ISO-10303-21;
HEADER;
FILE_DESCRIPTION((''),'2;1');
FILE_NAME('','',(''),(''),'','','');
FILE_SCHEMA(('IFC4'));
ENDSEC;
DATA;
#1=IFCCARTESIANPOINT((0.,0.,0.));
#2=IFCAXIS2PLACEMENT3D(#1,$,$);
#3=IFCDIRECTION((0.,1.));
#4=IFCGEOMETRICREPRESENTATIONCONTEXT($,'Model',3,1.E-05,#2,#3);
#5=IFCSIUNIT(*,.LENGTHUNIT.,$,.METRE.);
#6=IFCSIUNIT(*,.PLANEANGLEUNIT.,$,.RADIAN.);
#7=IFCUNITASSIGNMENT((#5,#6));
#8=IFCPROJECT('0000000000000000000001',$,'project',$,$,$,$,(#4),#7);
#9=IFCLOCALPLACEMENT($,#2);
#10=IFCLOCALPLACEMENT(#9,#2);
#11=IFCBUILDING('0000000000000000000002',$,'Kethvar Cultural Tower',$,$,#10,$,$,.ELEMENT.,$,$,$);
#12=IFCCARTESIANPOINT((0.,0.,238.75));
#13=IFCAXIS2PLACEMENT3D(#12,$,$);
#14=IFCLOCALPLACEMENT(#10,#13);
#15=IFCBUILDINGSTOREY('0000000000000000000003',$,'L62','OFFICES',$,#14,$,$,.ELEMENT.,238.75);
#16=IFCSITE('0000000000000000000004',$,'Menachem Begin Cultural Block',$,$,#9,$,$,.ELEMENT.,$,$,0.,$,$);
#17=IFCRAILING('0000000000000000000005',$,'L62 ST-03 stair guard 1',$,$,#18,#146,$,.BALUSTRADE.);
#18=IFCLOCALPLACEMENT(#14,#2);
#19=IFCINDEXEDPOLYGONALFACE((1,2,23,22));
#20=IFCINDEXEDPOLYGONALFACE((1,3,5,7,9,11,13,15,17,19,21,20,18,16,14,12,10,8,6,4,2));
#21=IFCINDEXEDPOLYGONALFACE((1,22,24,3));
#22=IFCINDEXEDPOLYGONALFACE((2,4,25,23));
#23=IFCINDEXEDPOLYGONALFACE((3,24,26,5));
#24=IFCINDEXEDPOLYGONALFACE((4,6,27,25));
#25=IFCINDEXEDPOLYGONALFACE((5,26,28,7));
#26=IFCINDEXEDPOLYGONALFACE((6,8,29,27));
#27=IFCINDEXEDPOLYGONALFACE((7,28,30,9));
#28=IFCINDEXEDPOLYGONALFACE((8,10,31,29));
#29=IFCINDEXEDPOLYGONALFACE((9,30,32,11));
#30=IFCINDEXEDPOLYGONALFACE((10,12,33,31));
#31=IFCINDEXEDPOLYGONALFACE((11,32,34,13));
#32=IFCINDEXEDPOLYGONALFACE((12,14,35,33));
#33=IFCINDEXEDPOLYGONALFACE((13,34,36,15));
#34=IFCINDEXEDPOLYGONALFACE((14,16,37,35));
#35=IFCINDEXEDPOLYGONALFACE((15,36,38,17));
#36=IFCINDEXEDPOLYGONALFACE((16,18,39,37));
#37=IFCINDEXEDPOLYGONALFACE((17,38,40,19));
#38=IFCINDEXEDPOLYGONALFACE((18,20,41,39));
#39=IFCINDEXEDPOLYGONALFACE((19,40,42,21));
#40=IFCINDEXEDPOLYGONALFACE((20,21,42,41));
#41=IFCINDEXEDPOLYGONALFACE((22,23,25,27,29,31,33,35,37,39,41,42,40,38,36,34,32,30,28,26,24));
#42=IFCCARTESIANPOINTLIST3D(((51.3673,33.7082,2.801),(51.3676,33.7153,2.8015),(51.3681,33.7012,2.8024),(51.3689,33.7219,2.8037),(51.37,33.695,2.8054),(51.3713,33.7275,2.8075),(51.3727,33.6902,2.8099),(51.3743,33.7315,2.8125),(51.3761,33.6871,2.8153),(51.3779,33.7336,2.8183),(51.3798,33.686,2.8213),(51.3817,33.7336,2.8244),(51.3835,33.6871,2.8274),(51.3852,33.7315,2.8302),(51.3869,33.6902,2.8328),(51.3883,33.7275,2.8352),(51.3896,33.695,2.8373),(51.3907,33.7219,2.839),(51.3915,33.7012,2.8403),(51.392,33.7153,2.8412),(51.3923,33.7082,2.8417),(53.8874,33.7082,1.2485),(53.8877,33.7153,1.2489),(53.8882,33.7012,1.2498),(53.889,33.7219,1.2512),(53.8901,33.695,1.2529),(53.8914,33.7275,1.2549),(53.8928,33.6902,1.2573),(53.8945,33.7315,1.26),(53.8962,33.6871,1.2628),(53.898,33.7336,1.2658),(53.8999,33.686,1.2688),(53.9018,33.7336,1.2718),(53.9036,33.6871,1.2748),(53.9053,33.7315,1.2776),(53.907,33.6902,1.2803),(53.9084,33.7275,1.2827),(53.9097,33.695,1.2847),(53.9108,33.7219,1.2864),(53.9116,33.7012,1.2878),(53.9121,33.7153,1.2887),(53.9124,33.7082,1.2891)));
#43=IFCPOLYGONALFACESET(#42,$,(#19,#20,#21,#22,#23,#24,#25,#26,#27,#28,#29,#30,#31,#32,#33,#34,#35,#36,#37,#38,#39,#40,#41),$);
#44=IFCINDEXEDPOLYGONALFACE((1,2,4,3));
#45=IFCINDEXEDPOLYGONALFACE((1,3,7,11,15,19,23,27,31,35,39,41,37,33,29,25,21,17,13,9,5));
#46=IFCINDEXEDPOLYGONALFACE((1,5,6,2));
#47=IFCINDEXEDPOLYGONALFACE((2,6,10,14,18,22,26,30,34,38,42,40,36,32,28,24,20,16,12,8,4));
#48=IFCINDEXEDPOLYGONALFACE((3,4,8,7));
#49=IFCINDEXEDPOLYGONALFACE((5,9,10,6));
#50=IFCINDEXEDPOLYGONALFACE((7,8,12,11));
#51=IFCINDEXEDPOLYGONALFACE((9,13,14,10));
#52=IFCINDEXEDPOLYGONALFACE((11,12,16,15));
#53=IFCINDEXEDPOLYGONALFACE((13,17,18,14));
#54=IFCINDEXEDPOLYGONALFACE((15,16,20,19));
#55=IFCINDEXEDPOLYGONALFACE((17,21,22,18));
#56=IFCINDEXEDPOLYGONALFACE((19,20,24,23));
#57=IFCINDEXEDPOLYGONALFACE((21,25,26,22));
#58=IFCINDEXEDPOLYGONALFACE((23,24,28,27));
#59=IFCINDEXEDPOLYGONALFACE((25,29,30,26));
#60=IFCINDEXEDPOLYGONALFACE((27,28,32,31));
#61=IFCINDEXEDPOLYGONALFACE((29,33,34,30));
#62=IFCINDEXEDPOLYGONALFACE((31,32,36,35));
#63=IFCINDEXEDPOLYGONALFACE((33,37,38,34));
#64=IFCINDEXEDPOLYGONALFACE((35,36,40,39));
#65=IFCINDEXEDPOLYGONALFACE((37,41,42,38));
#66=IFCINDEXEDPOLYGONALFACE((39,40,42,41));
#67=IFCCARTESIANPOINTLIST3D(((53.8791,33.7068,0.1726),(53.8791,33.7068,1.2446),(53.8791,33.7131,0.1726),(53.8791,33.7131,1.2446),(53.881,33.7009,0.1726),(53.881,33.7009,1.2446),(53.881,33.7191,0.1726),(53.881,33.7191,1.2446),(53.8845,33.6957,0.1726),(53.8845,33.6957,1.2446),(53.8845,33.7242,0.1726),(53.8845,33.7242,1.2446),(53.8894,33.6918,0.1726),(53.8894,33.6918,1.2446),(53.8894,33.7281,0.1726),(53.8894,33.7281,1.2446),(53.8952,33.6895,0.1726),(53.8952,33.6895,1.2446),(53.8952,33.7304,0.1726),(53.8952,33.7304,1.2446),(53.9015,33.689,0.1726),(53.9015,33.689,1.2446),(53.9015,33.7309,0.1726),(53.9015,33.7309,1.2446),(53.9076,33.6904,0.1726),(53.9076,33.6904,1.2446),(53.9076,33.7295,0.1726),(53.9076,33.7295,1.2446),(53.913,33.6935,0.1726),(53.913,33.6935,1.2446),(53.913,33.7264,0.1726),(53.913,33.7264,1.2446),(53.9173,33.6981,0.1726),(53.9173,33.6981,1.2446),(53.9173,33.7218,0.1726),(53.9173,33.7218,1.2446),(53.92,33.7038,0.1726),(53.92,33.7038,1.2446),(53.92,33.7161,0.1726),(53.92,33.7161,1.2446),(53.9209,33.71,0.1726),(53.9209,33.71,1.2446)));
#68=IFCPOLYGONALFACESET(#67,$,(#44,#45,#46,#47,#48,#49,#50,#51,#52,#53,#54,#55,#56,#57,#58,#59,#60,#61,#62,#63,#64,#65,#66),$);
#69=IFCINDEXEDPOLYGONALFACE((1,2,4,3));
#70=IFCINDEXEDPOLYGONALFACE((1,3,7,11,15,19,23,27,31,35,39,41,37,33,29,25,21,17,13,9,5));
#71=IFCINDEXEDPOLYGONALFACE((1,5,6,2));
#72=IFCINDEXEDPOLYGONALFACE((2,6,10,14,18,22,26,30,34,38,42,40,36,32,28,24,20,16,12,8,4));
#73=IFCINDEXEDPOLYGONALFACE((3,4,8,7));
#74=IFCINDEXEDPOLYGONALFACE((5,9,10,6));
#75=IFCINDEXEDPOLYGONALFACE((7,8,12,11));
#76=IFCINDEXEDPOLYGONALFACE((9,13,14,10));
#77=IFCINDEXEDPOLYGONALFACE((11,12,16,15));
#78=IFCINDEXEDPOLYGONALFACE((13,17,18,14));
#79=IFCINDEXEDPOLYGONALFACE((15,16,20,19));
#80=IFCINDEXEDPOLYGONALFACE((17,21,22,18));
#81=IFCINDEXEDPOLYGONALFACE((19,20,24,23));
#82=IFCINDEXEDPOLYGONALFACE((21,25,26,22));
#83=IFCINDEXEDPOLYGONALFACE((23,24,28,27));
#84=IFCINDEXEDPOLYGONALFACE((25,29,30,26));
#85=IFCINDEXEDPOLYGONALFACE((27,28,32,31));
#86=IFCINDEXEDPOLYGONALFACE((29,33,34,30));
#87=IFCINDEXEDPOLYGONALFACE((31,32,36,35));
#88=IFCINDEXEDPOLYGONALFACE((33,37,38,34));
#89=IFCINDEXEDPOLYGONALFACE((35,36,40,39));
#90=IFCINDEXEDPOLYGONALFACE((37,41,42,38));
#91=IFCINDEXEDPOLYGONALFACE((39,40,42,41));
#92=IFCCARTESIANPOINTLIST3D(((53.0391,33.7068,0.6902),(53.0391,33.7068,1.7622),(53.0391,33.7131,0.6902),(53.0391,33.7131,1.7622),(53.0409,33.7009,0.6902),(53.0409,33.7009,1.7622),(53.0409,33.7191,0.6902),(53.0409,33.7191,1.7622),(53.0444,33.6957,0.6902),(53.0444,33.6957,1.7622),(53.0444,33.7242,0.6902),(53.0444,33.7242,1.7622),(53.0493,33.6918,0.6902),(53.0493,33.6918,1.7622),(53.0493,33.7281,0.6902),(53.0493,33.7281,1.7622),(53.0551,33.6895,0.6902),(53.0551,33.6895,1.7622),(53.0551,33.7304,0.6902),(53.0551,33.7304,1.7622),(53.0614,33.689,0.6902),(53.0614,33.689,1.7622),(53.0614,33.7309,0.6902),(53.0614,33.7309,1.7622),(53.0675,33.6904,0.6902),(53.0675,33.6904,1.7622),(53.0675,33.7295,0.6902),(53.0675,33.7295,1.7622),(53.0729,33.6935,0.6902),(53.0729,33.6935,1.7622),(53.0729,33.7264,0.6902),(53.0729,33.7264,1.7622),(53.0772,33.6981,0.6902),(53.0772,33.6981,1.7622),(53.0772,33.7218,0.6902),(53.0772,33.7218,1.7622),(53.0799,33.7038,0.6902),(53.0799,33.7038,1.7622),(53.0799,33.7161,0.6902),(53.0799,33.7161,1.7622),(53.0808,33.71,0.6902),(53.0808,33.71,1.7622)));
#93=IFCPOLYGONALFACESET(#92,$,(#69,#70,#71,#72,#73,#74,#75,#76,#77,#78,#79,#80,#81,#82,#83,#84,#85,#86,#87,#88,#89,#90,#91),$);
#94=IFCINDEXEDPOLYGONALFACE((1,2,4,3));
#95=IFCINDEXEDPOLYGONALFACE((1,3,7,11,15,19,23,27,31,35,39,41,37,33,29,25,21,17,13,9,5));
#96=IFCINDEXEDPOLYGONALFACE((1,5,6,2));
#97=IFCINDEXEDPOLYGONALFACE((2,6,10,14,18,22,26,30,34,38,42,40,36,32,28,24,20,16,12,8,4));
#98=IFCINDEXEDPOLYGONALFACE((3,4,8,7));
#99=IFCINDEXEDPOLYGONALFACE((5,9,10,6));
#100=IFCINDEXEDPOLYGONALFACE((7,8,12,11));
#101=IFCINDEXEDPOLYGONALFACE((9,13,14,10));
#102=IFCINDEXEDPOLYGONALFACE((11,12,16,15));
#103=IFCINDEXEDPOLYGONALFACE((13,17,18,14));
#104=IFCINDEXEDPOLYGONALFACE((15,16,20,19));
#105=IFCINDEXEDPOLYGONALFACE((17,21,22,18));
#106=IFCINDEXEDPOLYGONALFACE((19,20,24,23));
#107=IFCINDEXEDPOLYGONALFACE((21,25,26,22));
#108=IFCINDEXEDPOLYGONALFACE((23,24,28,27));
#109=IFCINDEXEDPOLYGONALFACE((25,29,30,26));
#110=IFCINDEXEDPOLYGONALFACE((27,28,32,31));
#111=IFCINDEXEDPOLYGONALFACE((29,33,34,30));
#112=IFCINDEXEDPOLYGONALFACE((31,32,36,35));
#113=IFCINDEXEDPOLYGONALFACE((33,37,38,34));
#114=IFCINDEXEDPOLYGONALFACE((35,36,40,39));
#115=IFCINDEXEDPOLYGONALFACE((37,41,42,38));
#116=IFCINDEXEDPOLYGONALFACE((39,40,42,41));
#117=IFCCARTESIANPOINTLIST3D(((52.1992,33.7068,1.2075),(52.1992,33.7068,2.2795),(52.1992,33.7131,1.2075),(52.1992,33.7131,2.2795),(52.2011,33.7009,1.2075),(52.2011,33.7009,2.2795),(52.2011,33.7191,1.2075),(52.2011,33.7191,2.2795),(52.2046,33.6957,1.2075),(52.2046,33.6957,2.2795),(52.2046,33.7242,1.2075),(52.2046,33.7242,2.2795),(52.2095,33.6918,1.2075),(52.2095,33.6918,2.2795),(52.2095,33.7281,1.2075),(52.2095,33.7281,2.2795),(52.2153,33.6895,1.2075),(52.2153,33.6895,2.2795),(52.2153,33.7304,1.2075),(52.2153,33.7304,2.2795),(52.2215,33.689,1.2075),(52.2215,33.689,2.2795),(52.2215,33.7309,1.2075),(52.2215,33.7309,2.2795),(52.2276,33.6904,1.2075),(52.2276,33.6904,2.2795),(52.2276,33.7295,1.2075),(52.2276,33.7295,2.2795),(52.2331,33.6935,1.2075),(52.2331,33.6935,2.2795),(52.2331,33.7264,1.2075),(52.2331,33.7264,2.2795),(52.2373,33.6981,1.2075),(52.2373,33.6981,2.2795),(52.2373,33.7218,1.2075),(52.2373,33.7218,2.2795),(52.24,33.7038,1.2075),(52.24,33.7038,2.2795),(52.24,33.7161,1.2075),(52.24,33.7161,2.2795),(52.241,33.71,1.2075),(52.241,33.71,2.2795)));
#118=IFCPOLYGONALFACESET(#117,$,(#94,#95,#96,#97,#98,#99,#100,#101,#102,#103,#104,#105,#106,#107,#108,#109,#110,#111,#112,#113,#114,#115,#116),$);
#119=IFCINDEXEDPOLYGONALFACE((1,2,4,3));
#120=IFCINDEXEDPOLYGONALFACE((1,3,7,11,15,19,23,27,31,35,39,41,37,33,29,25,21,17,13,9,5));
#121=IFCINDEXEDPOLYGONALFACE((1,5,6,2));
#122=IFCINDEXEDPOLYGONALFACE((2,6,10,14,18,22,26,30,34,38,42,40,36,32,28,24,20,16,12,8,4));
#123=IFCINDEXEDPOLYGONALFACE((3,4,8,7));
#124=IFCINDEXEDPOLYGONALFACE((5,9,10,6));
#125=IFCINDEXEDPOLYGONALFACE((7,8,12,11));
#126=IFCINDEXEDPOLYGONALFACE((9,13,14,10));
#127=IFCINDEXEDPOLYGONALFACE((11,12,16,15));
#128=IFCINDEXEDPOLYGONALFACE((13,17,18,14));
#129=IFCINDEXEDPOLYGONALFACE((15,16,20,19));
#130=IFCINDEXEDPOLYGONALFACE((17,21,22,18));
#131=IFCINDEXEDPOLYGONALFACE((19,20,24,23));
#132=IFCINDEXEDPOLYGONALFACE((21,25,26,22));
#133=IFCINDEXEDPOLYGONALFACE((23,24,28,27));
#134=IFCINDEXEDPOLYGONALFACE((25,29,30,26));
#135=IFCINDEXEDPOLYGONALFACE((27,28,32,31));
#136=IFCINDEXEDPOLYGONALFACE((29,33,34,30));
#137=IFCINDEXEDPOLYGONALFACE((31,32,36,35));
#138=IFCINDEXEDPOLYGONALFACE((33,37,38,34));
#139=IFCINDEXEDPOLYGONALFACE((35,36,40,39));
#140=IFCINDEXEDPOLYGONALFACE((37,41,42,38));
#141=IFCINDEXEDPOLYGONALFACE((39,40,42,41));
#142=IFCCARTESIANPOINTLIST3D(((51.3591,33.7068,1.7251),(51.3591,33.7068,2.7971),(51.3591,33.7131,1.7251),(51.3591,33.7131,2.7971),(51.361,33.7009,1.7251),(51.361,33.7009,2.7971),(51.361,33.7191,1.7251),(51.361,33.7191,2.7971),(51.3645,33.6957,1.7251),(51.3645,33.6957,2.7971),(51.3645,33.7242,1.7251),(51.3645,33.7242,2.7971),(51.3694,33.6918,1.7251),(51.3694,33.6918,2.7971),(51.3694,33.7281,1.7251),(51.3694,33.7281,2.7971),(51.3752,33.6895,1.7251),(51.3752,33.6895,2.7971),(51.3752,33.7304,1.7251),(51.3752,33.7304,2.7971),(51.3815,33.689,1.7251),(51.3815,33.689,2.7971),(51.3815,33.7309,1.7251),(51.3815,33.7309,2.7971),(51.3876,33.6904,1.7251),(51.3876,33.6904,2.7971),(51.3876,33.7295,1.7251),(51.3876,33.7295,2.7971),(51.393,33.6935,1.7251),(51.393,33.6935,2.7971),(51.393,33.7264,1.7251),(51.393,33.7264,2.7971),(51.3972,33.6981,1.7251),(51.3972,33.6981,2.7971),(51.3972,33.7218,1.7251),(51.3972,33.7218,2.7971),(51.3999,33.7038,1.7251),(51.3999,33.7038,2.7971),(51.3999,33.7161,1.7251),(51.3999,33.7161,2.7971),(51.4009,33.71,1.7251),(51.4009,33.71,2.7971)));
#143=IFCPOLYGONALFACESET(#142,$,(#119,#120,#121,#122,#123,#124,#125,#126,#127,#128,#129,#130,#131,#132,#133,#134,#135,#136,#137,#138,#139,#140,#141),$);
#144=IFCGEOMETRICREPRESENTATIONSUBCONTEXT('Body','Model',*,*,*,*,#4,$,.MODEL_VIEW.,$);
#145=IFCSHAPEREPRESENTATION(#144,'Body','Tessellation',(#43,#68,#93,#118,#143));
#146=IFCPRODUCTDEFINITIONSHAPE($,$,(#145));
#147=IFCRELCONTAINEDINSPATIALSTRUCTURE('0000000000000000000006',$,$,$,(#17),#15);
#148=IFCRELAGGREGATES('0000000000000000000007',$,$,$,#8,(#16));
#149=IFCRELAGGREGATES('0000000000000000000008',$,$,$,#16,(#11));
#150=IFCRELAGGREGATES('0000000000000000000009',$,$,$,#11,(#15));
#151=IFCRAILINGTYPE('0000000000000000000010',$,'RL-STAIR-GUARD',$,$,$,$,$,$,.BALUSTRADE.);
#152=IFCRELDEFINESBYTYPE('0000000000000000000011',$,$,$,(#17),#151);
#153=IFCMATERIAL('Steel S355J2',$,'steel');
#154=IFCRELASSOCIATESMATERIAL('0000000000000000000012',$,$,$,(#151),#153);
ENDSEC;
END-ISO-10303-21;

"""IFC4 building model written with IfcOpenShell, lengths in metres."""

from ifc_helpers import new_model, si_unit, direction, frame, origin, origin_2d, place, context, subcontext, project, spatial, circle, extrude, material, type_object, element, save


model = new_model("IFC4")

# Units and contexts
model_context = context("Model", 3, precision=1e-05, world=origin(), true_north=direction((0.0, 1.0)))
body_context = subcontext(model_context, "Body", "Model", "MODEL_VIEW")
ifc_project = project(units=[si_unit("LENGTHUNIT", "METRE"), si_unit("PLANEANGLEUNIT", "RADIAN")], contexts=[model_context])

# Site, building, storey
site_placement = place(None, origin())
site = spatial("IfcSite", under=ifc_project, at=site_placement, Name="Menachem Begin Cultural Block", CompositionType="ELEMENT", RefElevation=0.0)
building_placement = place(site_placement, origin())
building = spatial("IfcBuilding", under=site, at=building_placement, Name="Kethvar Cultural Tower", CompositionType="ELEMENT")
storey_placement = place(building_placement, frame((0.0, 0.0, 238.75)))
storey = spatial("IfcBuildingStorey", under=building, at=storey_placement, Name="L62", Description="OFFICES", CompositionType="ELEMENT", Elevation=238.75)

# Shared definitions
ifc_material_1 = material(Name="Steel S355J2", Category="steel")

# Railing
railing_type_1 = type_object("IfcRailingType", Name="RL-STAIR-GUARD", PredefinedType="BALUSTRADE", material=ifc_material_1)
railing_1_placement = place(storey_placement, frame((53.8999, 33.71, 0.1726)))
element("IfcRailing", 1, at=railing_1_placement, inside=storey, type_object=railing_type_1, Name="L62 ST-03 stair guard 1", PredefinedType="BALUSTRADE", context=body_context, shape_type="SweptSolid", body=[
    extrude(circle(Radius=0.0239, at=origin_2d()), frame((0.0, 0.0, 1.0962), z_axis=(-0.8514, 0.0, 0.524516), x_axis=(0.0, -1.0, 0.0)), (0.0, 0.0, 1.0), 2.96),
    extrude(circle(Radius=0.021, at=origin_2d()), origin(), (0.0, 0.0, 1.0), 1.072),
    extrude(circle(Radius=0.021, at=origin_2d()), frame((-0.8401, 0.0, 0.5176)), (0.0, 0.0, 1.0), 1.072),
    extrude(circle(Radius=0.021, at=origin_2d()), frame((-1.6799, 0.0, 1.0349)), (0.0, 0.0, 1.0), 1.072),
    extrude(circle(Radius=0.021, at=origin_2d()), frame((-2.52, 0.0, 1.5525)), (0.0, 0.0, 1.0), 1.072),
])

save(model, "model.ifc")
